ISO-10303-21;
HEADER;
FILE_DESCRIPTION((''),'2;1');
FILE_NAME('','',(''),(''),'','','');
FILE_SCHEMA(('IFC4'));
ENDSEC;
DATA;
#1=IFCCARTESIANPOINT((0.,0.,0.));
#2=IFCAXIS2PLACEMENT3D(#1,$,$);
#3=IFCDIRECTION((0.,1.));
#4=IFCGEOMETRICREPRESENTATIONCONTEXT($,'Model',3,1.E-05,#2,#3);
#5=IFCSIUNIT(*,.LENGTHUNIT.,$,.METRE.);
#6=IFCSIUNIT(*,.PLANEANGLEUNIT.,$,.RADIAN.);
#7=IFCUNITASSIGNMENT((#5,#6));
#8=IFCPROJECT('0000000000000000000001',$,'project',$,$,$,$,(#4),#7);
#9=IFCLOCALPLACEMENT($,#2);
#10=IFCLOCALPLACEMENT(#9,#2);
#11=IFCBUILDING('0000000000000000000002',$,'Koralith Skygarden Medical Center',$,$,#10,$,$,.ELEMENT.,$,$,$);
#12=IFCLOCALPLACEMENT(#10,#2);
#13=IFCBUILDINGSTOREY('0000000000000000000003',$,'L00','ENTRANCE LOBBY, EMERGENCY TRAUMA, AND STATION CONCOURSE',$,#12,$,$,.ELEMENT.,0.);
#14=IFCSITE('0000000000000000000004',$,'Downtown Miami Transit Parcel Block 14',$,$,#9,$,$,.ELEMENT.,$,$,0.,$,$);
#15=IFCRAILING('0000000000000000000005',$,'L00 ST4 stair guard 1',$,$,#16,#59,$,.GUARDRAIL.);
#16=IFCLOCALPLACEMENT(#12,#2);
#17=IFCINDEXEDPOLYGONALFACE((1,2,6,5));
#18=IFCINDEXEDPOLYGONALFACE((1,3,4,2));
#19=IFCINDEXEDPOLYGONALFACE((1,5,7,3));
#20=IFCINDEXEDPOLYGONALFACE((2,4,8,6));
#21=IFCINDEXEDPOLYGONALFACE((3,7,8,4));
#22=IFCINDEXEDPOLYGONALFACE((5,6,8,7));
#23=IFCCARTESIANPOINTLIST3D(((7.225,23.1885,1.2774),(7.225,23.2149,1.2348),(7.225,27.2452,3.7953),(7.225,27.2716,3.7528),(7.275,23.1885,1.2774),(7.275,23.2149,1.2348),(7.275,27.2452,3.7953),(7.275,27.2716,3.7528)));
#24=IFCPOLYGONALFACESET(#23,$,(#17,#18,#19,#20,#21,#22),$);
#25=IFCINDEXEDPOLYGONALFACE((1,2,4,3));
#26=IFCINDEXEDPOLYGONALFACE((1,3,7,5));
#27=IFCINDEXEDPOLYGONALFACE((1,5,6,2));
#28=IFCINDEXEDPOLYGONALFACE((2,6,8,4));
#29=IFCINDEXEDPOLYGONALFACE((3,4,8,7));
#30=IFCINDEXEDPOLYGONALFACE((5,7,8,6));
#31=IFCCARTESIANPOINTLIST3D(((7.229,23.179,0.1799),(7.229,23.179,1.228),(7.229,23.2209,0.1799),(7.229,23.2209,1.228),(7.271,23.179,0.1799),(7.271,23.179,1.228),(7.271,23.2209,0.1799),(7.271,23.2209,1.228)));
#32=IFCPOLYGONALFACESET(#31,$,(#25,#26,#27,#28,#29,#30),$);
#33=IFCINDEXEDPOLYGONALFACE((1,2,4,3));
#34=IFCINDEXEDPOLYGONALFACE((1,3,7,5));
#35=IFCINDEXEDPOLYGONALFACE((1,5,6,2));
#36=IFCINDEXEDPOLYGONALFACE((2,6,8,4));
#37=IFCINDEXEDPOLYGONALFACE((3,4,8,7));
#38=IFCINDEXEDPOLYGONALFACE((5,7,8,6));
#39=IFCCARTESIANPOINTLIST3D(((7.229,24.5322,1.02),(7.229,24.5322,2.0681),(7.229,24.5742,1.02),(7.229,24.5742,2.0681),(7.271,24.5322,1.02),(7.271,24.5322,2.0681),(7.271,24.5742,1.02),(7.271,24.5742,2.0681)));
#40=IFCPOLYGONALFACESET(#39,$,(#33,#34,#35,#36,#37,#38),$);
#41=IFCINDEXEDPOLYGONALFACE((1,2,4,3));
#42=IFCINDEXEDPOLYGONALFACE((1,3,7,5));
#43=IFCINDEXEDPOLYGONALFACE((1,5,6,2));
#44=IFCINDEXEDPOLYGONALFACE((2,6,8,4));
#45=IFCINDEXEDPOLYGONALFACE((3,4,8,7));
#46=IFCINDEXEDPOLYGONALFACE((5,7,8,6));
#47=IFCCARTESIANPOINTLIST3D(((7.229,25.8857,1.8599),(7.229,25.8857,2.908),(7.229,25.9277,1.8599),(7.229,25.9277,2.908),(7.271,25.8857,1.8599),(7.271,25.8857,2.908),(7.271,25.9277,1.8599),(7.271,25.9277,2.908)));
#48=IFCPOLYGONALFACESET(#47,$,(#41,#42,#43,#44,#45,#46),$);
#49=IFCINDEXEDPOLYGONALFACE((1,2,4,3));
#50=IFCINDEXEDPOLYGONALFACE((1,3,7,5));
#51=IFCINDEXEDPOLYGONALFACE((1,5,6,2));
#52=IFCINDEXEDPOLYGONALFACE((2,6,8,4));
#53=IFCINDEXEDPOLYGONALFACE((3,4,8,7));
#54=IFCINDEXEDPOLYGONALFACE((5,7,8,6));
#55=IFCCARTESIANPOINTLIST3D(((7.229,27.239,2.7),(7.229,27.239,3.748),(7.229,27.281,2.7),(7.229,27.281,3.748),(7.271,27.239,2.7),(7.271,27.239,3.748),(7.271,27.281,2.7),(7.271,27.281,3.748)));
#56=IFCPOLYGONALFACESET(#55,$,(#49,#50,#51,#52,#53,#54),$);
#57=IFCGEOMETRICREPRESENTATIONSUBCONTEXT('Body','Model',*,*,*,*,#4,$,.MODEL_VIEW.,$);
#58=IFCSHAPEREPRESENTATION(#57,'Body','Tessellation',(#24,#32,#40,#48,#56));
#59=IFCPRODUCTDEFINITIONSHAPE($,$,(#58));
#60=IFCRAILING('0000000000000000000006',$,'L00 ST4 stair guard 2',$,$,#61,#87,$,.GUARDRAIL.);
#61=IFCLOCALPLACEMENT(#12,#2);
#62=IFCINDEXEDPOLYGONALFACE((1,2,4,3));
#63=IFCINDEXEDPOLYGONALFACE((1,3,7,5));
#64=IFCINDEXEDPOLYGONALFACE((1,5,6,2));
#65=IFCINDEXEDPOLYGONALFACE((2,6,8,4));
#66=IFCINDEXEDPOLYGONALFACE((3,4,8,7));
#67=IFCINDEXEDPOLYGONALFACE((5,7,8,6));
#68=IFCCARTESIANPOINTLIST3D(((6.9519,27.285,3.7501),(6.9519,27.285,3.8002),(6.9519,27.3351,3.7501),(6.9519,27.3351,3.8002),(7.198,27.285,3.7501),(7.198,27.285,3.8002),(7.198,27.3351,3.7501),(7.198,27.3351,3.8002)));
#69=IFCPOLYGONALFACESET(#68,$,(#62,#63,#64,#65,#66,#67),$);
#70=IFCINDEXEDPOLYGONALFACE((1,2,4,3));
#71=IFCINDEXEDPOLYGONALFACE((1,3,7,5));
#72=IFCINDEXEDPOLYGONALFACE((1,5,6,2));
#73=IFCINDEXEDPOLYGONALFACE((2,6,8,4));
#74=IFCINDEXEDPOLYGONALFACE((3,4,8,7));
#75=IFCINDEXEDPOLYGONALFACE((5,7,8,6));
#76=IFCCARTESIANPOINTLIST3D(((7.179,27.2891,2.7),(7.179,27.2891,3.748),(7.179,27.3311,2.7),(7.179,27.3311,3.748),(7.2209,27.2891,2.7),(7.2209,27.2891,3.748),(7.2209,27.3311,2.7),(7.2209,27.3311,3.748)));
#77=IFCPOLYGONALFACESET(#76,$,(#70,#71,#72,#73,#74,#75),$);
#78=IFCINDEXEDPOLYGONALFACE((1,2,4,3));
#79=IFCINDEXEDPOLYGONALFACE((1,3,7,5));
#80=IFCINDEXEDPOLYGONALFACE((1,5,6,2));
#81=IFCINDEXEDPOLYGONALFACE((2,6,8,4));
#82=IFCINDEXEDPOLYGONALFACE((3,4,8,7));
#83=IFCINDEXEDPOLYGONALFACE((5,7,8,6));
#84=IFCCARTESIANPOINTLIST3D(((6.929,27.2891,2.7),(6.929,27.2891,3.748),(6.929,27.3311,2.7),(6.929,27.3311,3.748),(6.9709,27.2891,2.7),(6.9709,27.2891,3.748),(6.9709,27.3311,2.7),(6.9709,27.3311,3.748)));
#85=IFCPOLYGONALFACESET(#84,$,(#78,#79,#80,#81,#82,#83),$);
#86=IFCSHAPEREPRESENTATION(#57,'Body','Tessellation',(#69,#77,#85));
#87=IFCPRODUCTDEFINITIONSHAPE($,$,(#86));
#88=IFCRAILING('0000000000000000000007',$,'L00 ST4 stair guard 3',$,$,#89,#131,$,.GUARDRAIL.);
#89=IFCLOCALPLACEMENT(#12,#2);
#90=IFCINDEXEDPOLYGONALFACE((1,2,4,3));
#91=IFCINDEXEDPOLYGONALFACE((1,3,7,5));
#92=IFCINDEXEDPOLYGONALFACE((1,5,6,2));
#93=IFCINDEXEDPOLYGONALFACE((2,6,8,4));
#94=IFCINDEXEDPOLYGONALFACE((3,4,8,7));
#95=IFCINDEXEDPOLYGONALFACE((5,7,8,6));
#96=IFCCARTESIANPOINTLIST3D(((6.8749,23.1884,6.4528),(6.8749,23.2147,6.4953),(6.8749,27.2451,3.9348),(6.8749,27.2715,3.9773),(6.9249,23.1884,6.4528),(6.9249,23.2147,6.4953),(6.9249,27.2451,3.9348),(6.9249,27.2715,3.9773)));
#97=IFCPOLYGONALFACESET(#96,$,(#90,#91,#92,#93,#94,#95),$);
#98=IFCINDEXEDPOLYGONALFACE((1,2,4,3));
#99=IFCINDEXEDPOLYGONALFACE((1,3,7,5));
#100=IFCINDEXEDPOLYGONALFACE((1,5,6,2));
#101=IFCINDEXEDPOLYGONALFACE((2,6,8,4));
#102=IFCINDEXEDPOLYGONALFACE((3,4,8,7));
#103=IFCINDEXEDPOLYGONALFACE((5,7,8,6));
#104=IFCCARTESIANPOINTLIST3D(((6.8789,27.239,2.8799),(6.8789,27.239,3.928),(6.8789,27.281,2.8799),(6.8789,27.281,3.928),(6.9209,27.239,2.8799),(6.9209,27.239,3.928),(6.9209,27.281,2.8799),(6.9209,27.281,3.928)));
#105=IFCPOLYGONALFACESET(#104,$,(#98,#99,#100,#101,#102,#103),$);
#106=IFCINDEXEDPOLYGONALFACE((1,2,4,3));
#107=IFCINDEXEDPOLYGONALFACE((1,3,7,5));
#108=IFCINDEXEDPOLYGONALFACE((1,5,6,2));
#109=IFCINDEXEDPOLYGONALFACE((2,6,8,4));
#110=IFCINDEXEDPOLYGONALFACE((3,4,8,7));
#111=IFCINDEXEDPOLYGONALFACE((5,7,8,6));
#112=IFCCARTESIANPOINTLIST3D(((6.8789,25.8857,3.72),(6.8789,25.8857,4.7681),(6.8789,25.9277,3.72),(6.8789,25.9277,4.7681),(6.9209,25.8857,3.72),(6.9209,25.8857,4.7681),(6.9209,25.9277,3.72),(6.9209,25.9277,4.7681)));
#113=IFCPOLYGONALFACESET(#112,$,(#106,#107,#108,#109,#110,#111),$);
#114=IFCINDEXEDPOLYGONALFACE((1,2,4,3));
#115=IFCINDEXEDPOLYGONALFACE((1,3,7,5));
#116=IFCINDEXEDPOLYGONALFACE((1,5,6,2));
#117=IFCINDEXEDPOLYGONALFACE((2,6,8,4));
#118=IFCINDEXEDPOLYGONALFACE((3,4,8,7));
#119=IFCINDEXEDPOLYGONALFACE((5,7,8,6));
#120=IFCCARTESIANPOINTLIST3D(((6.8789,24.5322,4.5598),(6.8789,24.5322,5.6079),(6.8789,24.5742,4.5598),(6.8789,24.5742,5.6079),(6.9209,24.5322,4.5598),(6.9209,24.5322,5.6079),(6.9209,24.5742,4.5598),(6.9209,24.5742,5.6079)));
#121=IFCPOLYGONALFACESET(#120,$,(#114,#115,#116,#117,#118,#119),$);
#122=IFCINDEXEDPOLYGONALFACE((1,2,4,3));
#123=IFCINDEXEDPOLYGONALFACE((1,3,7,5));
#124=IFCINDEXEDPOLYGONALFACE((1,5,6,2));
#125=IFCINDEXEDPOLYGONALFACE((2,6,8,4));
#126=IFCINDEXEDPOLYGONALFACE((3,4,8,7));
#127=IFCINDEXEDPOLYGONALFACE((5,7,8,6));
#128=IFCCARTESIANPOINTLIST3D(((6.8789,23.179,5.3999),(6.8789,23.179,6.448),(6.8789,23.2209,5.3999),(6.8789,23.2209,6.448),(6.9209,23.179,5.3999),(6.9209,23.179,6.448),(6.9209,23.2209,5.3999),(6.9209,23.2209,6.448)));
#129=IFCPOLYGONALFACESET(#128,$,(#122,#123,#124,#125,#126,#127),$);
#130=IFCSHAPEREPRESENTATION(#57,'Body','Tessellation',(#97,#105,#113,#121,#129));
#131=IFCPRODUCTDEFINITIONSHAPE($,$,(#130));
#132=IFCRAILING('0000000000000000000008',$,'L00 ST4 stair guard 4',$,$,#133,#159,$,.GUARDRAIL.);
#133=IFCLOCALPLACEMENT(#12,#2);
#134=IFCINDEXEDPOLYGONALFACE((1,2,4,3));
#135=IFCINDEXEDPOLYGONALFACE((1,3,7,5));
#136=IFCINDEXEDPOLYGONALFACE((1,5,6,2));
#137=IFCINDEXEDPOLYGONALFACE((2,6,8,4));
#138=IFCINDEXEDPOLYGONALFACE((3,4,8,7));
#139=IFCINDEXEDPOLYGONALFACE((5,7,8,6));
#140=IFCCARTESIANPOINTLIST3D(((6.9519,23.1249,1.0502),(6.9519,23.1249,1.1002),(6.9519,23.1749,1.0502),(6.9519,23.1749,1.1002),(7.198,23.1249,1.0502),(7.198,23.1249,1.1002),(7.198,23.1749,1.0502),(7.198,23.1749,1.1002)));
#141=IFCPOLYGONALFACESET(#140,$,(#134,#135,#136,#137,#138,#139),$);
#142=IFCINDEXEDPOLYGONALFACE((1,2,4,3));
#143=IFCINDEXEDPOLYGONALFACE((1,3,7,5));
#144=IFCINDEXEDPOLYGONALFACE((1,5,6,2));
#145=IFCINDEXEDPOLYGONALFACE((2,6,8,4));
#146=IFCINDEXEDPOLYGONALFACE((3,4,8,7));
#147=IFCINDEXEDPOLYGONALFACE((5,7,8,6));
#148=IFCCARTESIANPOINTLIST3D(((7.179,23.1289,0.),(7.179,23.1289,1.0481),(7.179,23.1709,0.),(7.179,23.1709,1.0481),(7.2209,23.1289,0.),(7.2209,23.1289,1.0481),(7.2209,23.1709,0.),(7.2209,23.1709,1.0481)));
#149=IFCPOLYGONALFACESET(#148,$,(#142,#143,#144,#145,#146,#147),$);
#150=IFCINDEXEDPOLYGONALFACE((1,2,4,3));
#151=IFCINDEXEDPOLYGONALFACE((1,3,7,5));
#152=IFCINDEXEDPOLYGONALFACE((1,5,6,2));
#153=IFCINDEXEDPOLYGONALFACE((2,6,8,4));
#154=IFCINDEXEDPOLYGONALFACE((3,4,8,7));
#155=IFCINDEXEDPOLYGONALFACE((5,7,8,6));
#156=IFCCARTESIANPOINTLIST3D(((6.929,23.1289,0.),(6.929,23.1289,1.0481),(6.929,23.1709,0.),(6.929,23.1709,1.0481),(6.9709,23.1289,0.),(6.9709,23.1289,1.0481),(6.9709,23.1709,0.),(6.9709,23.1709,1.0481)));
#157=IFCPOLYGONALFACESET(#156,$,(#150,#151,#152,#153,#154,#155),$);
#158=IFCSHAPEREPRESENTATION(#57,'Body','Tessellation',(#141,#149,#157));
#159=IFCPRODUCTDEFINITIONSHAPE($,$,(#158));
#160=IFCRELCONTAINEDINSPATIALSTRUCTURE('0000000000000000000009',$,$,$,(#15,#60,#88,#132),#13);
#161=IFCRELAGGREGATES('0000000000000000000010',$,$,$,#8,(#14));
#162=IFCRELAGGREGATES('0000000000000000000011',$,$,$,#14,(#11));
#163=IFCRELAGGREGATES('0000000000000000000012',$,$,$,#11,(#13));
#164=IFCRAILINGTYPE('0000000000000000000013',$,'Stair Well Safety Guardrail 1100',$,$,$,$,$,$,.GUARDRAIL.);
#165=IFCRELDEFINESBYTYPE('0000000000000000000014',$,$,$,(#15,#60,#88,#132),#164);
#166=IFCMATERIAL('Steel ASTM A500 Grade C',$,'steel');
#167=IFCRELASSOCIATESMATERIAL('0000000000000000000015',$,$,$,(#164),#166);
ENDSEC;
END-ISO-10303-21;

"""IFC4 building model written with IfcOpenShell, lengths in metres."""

from ifc_helpers import new_model, si_unit, direction, frame, origin, origin_2d, place, context, subcontext, project, spatial, rectangle, extrude, material, type_object, element, save


model = new_model("IFC4")

# Units and contexts
model_context = context("Model", 3, precision=1e-05, world=origin(), true_north=direction((0.0, 1.0)))
body_context = subcontext(model_context, "Body", "Model", "MODEL_VIEW")
ifc_project = project(units=[si_unit("LENGTHUNIT", "METRE"), si_unit("PLANEANGLEUNIT", "RADIAN")], contexts=[model_context])

# Site, building, storey
site_placement = place(None, origin())
site = spatial("IfcSite", under=ifc_project, at=site_placement, Name="Downtown Miami Transit Parcel Block 14", CompositionType="ELEMENT", RefElevation=0.0)
building_placement = place(site_placement, origin())
building = spatial("IfcBuilding", under=site, at=building_placement, Name="Koralith Skygarden Medical Center", CompositionType="ELEMENT")
storey_placement = place(building_placement, origin())
storey = spatial("IfcBuildingStorey", under=building, at=storey_placement, Name="L00", Description="ENTRANCE LOBBY, EMERGENCY TRAUMA, AND STATION CONCOURSE", CompositionType="ELEMENT", Elevation=0.0)

# Railings
ifc_material_1 = material(Name="Steel ASTM A500 Grade C", Category="steel")
railing_type_1 = type_object("IfcRailingType", Name="Stair Well Safety Guardrail 1100", PredefinedType="GUARDRAIL", material=ifc_material_1)
railing_1_placement = place(storey_placement, frame((7.25, 23.2, 0.1799)))
element("IfcRailing", 1, at=railing_1_placement, inside=storey, type_object=railing_type_1, Name="L00 ST4 stair guard 1", PredefinedType="GUARDRAIL", context=body_context, shape_type="SweptSolid", body=[
    extrude(rectangle(XDim=0.05, YDim=0.05, at=origin_2d()), frame((0.0, 0.0017, 1.0762), z_axis=(0.0, 0.849642, 0.52736), x_axis=(-1.0, 0.0, 0.0)), (0.0, 0.0, 1.0), 4.7747),
    extrude(rectangle(XDim=0.042, YDim=0.042, at=origin_2d()), origin(), (0.0, 0.0, 1.0), 1.0481),
    extrude(rectangle(XDim=0.042, YDim=0.042, at=origin_2d()), frame((0.0, 1.3533, 0.8401)), (0.0, 0.0, 1.0), 1.0481),
    extrude(rectangle(XDim=0.042, YDim=0.042, at=origin_2d()), frame((0.0, 2.7068, 1.6799)), (0.0, 0.0, 1.0), 1.0481),
    extrude(rectangle(XDim=0.042, YDim=0.042, at=origin_2d()), frame((0.0, 4.0601, 2.52)), (0.0, 0.0, 1.0), 1.0481),
])
railing_2_placement = place(storey_placement, frame((7.2, 27.3101, 2.7)))
element("IfcRailing", 2, at=railing_2_placement, inside=storey, type_object=railing_type_1, Name="L00 ST4 stair guard 2", PredefinedType="GUARDRAIL", context=body_context, shape_type="SweptSolid", body=[
    extrude(rectangle(XDim=0.05, YDim=0.05, at=origin_2d()), frame((-0.002, 0.0, 1.0752), z_axis=(-1.0, 0.0, 0.0), x_axis=(0.0, -1.0, 0.0)), (0.0, 0.0, 1.0), 0.2461),
    extrude(rectangle(XDim=0.042, YDim=0.042, at=origin_2d()), origin(), (0.0, 0.0, 1.0), 1.0481),
    extrude(rectangle(XDim=0.042, YDim=0.042, at=origin_2d()), frame((-0.25, 0.0, 0.0)), (0.0, 0.0, 1.0), 1.0481),
])
railing_3_placement = place(storey_placement, frame((6.8999, 27.26, 2.8799)))
element("IfcRailing", 3, at=railing_3_placement, inside=storey, type_object=railing_type_1, Name="L00 ST4 stair guard 3", PredefinedType="GUARDRAIL", context=body_context, shape_type="SweptSolid", body=[
    extrude(rectangle(XDim=0.05, YDim=0.05, at=origin_2d()), frame((0.0, -0.0017, 1.0762), z_axis=(0.0, -0.849642, 0.52736), x_axis=(1.0, 0.0, 0.0)), (0.0, 0.0, 1.0), 4.7747),
    extrude(rectangle(XDim=0.042, YDim=0.042, at=origin_2d()), origin(), (0.0, 0.0, 1.0), 1.0481),
    extrude(rectangle(XDim=0.042, YDim=0.042, at=origin_2d()), frame((0.0, -1.3533, 0.8401)), (0.0, 0.0, 1.0), 1.0481),
    extrude(rectangle(XDim=0.042, YDim=0.042, at=origin_2d()), frame((0.0, -2.7068, 1.6799)), (0.0, 0.0, 1.0), 1.0481),
    extrude(rectangle(XDim=0.042, YDim=0.042, at=origin_2d()), frame((0.0, -4.0601, 2.52)), (0.0, 0.0, 1.0), 1.0481),
])
railing_4_placement = place(storey_placement, frame((7.2, 23.1499, 0.0)))
element("IfcRailing", 4, at=railing_4_placement, inside=storey, type_object=railing_type_1, Name="L00 ST4 stair guard 4", PredefinedType="GUARDRAIL", context=body_context, shape_type="SweptSolid", body=[
    extrude(rectangle(XDim=0.05, YDim=0.05, at=origin_2d()), frame((-0.002, 0.0, 1.0752), z_axis=(-1.0, 0.0, 0.0), x_axis=(0.0, -1.0, 0.0)), (0.0, 0.0, 1.0), 0.2461),
    extrude(rectangle(XDim=0.042, YDim=0.042, at=origin_2d()), origin(), (0.0, 0.0, 1.0), 1.0481),
    extrude(rectangle(XDim=0.042, YDim=0.042, at=origin_2d()), frame((-0.25, 0.0, 0.0)), (0.0, 0.0, 1.0), 1.0481),
])

save(model, "model.ifc")
